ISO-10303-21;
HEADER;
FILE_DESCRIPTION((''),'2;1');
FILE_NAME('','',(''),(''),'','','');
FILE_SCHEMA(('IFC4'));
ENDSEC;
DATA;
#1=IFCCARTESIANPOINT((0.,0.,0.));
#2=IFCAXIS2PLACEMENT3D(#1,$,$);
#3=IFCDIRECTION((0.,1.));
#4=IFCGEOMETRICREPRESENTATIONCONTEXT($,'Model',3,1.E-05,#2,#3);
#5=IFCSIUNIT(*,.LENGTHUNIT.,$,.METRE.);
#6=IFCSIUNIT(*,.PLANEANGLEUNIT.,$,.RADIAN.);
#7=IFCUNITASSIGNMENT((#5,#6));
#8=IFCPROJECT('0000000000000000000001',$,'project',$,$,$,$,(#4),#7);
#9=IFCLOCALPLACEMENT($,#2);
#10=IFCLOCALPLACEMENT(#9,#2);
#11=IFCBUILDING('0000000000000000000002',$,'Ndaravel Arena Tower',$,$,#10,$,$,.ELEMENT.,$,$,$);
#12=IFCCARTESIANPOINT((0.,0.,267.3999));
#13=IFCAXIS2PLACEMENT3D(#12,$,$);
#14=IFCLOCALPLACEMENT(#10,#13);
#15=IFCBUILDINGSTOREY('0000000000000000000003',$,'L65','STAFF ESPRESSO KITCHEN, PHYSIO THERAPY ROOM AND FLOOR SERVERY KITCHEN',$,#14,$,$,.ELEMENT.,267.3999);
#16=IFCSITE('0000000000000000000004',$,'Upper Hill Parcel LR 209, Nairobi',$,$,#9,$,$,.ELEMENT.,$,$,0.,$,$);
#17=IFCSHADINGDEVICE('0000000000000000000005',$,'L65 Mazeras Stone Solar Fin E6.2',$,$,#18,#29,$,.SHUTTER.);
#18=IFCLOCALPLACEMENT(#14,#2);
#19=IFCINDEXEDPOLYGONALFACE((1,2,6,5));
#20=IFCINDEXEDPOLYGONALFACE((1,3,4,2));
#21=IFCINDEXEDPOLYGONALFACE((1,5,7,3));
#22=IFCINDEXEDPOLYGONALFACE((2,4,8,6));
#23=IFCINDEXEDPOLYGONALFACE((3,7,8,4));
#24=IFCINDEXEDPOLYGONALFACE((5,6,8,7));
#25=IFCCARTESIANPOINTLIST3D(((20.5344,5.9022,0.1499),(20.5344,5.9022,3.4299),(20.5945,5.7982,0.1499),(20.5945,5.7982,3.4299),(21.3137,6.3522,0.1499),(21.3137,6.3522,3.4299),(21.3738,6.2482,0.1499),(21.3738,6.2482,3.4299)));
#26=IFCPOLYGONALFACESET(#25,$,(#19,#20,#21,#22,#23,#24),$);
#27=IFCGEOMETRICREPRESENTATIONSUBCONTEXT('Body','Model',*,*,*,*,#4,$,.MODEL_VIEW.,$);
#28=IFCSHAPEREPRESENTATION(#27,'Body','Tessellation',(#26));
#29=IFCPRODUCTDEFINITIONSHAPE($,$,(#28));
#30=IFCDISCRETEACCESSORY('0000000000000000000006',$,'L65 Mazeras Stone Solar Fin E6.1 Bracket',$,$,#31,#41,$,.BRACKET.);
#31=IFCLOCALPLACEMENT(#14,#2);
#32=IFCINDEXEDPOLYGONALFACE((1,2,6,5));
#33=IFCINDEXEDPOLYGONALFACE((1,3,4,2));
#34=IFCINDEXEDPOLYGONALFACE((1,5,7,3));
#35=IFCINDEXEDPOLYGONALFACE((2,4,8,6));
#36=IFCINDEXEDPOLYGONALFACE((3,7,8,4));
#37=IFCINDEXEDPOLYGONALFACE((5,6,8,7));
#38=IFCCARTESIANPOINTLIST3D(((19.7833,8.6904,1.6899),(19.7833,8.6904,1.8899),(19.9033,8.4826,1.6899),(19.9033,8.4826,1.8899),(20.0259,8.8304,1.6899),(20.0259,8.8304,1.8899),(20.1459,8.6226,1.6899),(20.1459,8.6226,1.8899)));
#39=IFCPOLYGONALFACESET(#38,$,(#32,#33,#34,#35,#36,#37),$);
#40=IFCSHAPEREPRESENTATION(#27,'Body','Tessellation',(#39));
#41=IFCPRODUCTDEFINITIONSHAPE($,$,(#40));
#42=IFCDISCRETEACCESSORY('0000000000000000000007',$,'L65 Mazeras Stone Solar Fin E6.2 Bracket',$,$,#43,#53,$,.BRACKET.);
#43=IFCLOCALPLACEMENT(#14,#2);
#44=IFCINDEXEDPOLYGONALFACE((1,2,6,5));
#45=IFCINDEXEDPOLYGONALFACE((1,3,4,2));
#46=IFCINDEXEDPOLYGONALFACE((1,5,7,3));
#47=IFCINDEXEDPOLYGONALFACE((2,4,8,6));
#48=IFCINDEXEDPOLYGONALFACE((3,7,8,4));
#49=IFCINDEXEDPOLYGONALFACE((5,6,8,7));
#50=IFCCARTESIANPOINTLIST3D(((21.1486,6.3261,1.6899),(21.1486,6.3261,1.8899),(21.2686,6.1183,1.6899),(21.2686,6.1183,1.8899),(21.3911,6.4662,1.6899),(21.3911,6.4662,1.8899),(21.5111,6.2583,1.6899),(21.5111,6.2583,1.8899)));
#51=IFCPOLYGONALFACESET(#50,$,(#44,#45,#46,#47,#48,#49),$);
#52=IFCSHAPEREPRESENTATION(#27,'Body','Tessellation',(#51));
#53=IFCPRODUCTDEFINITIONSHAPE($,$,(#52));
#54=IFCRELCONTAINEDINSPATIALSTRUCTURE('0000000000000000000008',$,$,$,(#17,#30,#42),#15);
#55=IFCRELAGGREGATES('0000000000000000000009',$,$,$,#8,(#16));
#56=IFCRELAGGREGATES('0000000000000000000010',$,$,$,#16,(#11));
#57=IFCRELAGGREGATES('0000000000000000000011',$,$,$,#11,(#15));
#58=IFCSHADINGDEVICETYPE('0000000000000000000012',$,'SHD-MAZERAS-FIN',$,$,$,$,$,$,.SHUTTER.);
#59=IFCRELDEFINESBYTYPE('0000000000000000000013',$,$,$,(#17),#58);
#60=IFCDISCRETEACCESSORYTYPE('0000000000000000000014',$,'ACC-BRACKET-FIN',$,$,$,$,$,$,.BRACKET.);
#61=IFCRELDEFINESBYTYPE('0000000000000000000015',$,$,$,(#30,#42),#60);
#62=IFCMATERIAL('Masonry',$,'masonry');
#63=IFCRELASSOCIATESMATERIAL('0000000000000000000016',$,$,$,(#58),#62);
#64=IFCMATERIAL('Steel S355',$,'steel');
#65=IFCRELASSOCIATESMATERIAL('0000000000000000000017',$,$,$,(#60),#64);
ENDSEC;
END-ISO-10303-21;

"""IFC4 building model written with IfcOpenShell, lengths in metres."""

from ifc_helpers import new_model, si_unit, direction, frame, origin, origin_2d, place, context, subcontext, project, spatial, rectangle, extrude, material, type_object, element, save


model = new_model("IFC4")

# Units and contexts
model_context = context("Model", 3, precision=1e-05, world=origin(), true_north=direction((0.0, 1.0)))
body_context = subcontext(model_context, "Body", "Model", "MODEL_VIEW")
ifc_project = project(units=[si_unit("LENGTHUNIT", "METRE"), si_unit("PLANEANGLEUNIT", "RADIAN")], contexts=[model_context])

# Site, building, storey
site_placement = place(None, origin())
site = spatial("IfcSite", under=ifc_project, at=site_placement, Name="Upper Hill Parcel LR 209, Nairobi", CompositionType="ELEMENT", RefElevation=0.0)
building_placement = place(site_placement, origin())
building = spatial("IfcBuilding", under=site, at=building_placement, Name="Ndaravel Arena Tower", CompositionType="ELEMENT")
storey_placement = place(building_placement, frame((0.0, 0.0, 267.3999)))
storey = spatial("IfcBuildingStorey", under=building, at=storey_placement, Name="L65", Description="STAFF ESPRESSO KITCHEN, PHYSIO THERAPY ROOM AND FLOOR SERVERY KITCHEN", CompositionType="ELEMENT", Elevation=267.3999)

# Shading device
ifc_material_1 = material(Name="Masonry", Category="masonry")
shading_device_type = type_object("IfcShadingDeviceType", Name="SHD-MAZERAS-FIN", PredefinedType="SHUTTER", material=ifc_material_1)
for number, where, z_axis, x_axis, name in (
    (1, (20.9541, 6.0752, 0.1499), (0.0, 0.0, 1.0), (-0.866025, -0.5, 0.0), "L65 Mazeras Stone Solar Fin E6.2"),
):
    element("IfcShadingDevice", number, at=place(storey_placement, frame(where, z_axis=z_axis, x_axis=x_axis)), inside=storey, type_object=shading_device_type, Name=name, PredefinedType="SHUTTER", context=body_context, shape_type="SweptSolid", body=[
        extrude(rectangle(XDim=0.8999, YDim=0.1201, at=origin_2d()), origin(), (0.0, 0.0, 1.0), 3.28),
    ])

# Discrete accessories
ifc_material_2 = material(Name="Steel S355", Category="steel")
discrete_accessory_type = type_object("IfcDiscreteAccessoryType", Name="ACC-BRACKET-FIN", PredefinedType="BRACKET", material=ifc_material_2)
for number, where, z_axis, x_axis, name in (
    (2, (19.9646, 8.6565, 1.6899), (0.0, 0.0, 1.0), (-0.866025, -0.5, 0.0), "L65 Mazeras Stone Solar Fin E6.1 Bracket"),
    (3, (21.3298, 6.2922, 1.6899), (0.0, 0.0, 1.0), (-0.866025, -0.5, 0.0), "L65 Mazeras Stone Solar Fin E6.2 Bracket"),
):
    element("IfcDiscreteAccessory", number, at=place(storey_placement, frame(where, z_axis=z_axis, x_axis=x_axis)), inside=storey, type_object=discrete_accessory_type, Name=name, PredefinedType="BRACKET", context=body_context, shape_type="SweptSolid", body=[
        extrude(rectangle(XDim=0.28, YDim=0.24, at=origin_2d()), origin(), (0.0, 0.0, 1.0), 0.2),
    ])

save(model, "model.ifc")
